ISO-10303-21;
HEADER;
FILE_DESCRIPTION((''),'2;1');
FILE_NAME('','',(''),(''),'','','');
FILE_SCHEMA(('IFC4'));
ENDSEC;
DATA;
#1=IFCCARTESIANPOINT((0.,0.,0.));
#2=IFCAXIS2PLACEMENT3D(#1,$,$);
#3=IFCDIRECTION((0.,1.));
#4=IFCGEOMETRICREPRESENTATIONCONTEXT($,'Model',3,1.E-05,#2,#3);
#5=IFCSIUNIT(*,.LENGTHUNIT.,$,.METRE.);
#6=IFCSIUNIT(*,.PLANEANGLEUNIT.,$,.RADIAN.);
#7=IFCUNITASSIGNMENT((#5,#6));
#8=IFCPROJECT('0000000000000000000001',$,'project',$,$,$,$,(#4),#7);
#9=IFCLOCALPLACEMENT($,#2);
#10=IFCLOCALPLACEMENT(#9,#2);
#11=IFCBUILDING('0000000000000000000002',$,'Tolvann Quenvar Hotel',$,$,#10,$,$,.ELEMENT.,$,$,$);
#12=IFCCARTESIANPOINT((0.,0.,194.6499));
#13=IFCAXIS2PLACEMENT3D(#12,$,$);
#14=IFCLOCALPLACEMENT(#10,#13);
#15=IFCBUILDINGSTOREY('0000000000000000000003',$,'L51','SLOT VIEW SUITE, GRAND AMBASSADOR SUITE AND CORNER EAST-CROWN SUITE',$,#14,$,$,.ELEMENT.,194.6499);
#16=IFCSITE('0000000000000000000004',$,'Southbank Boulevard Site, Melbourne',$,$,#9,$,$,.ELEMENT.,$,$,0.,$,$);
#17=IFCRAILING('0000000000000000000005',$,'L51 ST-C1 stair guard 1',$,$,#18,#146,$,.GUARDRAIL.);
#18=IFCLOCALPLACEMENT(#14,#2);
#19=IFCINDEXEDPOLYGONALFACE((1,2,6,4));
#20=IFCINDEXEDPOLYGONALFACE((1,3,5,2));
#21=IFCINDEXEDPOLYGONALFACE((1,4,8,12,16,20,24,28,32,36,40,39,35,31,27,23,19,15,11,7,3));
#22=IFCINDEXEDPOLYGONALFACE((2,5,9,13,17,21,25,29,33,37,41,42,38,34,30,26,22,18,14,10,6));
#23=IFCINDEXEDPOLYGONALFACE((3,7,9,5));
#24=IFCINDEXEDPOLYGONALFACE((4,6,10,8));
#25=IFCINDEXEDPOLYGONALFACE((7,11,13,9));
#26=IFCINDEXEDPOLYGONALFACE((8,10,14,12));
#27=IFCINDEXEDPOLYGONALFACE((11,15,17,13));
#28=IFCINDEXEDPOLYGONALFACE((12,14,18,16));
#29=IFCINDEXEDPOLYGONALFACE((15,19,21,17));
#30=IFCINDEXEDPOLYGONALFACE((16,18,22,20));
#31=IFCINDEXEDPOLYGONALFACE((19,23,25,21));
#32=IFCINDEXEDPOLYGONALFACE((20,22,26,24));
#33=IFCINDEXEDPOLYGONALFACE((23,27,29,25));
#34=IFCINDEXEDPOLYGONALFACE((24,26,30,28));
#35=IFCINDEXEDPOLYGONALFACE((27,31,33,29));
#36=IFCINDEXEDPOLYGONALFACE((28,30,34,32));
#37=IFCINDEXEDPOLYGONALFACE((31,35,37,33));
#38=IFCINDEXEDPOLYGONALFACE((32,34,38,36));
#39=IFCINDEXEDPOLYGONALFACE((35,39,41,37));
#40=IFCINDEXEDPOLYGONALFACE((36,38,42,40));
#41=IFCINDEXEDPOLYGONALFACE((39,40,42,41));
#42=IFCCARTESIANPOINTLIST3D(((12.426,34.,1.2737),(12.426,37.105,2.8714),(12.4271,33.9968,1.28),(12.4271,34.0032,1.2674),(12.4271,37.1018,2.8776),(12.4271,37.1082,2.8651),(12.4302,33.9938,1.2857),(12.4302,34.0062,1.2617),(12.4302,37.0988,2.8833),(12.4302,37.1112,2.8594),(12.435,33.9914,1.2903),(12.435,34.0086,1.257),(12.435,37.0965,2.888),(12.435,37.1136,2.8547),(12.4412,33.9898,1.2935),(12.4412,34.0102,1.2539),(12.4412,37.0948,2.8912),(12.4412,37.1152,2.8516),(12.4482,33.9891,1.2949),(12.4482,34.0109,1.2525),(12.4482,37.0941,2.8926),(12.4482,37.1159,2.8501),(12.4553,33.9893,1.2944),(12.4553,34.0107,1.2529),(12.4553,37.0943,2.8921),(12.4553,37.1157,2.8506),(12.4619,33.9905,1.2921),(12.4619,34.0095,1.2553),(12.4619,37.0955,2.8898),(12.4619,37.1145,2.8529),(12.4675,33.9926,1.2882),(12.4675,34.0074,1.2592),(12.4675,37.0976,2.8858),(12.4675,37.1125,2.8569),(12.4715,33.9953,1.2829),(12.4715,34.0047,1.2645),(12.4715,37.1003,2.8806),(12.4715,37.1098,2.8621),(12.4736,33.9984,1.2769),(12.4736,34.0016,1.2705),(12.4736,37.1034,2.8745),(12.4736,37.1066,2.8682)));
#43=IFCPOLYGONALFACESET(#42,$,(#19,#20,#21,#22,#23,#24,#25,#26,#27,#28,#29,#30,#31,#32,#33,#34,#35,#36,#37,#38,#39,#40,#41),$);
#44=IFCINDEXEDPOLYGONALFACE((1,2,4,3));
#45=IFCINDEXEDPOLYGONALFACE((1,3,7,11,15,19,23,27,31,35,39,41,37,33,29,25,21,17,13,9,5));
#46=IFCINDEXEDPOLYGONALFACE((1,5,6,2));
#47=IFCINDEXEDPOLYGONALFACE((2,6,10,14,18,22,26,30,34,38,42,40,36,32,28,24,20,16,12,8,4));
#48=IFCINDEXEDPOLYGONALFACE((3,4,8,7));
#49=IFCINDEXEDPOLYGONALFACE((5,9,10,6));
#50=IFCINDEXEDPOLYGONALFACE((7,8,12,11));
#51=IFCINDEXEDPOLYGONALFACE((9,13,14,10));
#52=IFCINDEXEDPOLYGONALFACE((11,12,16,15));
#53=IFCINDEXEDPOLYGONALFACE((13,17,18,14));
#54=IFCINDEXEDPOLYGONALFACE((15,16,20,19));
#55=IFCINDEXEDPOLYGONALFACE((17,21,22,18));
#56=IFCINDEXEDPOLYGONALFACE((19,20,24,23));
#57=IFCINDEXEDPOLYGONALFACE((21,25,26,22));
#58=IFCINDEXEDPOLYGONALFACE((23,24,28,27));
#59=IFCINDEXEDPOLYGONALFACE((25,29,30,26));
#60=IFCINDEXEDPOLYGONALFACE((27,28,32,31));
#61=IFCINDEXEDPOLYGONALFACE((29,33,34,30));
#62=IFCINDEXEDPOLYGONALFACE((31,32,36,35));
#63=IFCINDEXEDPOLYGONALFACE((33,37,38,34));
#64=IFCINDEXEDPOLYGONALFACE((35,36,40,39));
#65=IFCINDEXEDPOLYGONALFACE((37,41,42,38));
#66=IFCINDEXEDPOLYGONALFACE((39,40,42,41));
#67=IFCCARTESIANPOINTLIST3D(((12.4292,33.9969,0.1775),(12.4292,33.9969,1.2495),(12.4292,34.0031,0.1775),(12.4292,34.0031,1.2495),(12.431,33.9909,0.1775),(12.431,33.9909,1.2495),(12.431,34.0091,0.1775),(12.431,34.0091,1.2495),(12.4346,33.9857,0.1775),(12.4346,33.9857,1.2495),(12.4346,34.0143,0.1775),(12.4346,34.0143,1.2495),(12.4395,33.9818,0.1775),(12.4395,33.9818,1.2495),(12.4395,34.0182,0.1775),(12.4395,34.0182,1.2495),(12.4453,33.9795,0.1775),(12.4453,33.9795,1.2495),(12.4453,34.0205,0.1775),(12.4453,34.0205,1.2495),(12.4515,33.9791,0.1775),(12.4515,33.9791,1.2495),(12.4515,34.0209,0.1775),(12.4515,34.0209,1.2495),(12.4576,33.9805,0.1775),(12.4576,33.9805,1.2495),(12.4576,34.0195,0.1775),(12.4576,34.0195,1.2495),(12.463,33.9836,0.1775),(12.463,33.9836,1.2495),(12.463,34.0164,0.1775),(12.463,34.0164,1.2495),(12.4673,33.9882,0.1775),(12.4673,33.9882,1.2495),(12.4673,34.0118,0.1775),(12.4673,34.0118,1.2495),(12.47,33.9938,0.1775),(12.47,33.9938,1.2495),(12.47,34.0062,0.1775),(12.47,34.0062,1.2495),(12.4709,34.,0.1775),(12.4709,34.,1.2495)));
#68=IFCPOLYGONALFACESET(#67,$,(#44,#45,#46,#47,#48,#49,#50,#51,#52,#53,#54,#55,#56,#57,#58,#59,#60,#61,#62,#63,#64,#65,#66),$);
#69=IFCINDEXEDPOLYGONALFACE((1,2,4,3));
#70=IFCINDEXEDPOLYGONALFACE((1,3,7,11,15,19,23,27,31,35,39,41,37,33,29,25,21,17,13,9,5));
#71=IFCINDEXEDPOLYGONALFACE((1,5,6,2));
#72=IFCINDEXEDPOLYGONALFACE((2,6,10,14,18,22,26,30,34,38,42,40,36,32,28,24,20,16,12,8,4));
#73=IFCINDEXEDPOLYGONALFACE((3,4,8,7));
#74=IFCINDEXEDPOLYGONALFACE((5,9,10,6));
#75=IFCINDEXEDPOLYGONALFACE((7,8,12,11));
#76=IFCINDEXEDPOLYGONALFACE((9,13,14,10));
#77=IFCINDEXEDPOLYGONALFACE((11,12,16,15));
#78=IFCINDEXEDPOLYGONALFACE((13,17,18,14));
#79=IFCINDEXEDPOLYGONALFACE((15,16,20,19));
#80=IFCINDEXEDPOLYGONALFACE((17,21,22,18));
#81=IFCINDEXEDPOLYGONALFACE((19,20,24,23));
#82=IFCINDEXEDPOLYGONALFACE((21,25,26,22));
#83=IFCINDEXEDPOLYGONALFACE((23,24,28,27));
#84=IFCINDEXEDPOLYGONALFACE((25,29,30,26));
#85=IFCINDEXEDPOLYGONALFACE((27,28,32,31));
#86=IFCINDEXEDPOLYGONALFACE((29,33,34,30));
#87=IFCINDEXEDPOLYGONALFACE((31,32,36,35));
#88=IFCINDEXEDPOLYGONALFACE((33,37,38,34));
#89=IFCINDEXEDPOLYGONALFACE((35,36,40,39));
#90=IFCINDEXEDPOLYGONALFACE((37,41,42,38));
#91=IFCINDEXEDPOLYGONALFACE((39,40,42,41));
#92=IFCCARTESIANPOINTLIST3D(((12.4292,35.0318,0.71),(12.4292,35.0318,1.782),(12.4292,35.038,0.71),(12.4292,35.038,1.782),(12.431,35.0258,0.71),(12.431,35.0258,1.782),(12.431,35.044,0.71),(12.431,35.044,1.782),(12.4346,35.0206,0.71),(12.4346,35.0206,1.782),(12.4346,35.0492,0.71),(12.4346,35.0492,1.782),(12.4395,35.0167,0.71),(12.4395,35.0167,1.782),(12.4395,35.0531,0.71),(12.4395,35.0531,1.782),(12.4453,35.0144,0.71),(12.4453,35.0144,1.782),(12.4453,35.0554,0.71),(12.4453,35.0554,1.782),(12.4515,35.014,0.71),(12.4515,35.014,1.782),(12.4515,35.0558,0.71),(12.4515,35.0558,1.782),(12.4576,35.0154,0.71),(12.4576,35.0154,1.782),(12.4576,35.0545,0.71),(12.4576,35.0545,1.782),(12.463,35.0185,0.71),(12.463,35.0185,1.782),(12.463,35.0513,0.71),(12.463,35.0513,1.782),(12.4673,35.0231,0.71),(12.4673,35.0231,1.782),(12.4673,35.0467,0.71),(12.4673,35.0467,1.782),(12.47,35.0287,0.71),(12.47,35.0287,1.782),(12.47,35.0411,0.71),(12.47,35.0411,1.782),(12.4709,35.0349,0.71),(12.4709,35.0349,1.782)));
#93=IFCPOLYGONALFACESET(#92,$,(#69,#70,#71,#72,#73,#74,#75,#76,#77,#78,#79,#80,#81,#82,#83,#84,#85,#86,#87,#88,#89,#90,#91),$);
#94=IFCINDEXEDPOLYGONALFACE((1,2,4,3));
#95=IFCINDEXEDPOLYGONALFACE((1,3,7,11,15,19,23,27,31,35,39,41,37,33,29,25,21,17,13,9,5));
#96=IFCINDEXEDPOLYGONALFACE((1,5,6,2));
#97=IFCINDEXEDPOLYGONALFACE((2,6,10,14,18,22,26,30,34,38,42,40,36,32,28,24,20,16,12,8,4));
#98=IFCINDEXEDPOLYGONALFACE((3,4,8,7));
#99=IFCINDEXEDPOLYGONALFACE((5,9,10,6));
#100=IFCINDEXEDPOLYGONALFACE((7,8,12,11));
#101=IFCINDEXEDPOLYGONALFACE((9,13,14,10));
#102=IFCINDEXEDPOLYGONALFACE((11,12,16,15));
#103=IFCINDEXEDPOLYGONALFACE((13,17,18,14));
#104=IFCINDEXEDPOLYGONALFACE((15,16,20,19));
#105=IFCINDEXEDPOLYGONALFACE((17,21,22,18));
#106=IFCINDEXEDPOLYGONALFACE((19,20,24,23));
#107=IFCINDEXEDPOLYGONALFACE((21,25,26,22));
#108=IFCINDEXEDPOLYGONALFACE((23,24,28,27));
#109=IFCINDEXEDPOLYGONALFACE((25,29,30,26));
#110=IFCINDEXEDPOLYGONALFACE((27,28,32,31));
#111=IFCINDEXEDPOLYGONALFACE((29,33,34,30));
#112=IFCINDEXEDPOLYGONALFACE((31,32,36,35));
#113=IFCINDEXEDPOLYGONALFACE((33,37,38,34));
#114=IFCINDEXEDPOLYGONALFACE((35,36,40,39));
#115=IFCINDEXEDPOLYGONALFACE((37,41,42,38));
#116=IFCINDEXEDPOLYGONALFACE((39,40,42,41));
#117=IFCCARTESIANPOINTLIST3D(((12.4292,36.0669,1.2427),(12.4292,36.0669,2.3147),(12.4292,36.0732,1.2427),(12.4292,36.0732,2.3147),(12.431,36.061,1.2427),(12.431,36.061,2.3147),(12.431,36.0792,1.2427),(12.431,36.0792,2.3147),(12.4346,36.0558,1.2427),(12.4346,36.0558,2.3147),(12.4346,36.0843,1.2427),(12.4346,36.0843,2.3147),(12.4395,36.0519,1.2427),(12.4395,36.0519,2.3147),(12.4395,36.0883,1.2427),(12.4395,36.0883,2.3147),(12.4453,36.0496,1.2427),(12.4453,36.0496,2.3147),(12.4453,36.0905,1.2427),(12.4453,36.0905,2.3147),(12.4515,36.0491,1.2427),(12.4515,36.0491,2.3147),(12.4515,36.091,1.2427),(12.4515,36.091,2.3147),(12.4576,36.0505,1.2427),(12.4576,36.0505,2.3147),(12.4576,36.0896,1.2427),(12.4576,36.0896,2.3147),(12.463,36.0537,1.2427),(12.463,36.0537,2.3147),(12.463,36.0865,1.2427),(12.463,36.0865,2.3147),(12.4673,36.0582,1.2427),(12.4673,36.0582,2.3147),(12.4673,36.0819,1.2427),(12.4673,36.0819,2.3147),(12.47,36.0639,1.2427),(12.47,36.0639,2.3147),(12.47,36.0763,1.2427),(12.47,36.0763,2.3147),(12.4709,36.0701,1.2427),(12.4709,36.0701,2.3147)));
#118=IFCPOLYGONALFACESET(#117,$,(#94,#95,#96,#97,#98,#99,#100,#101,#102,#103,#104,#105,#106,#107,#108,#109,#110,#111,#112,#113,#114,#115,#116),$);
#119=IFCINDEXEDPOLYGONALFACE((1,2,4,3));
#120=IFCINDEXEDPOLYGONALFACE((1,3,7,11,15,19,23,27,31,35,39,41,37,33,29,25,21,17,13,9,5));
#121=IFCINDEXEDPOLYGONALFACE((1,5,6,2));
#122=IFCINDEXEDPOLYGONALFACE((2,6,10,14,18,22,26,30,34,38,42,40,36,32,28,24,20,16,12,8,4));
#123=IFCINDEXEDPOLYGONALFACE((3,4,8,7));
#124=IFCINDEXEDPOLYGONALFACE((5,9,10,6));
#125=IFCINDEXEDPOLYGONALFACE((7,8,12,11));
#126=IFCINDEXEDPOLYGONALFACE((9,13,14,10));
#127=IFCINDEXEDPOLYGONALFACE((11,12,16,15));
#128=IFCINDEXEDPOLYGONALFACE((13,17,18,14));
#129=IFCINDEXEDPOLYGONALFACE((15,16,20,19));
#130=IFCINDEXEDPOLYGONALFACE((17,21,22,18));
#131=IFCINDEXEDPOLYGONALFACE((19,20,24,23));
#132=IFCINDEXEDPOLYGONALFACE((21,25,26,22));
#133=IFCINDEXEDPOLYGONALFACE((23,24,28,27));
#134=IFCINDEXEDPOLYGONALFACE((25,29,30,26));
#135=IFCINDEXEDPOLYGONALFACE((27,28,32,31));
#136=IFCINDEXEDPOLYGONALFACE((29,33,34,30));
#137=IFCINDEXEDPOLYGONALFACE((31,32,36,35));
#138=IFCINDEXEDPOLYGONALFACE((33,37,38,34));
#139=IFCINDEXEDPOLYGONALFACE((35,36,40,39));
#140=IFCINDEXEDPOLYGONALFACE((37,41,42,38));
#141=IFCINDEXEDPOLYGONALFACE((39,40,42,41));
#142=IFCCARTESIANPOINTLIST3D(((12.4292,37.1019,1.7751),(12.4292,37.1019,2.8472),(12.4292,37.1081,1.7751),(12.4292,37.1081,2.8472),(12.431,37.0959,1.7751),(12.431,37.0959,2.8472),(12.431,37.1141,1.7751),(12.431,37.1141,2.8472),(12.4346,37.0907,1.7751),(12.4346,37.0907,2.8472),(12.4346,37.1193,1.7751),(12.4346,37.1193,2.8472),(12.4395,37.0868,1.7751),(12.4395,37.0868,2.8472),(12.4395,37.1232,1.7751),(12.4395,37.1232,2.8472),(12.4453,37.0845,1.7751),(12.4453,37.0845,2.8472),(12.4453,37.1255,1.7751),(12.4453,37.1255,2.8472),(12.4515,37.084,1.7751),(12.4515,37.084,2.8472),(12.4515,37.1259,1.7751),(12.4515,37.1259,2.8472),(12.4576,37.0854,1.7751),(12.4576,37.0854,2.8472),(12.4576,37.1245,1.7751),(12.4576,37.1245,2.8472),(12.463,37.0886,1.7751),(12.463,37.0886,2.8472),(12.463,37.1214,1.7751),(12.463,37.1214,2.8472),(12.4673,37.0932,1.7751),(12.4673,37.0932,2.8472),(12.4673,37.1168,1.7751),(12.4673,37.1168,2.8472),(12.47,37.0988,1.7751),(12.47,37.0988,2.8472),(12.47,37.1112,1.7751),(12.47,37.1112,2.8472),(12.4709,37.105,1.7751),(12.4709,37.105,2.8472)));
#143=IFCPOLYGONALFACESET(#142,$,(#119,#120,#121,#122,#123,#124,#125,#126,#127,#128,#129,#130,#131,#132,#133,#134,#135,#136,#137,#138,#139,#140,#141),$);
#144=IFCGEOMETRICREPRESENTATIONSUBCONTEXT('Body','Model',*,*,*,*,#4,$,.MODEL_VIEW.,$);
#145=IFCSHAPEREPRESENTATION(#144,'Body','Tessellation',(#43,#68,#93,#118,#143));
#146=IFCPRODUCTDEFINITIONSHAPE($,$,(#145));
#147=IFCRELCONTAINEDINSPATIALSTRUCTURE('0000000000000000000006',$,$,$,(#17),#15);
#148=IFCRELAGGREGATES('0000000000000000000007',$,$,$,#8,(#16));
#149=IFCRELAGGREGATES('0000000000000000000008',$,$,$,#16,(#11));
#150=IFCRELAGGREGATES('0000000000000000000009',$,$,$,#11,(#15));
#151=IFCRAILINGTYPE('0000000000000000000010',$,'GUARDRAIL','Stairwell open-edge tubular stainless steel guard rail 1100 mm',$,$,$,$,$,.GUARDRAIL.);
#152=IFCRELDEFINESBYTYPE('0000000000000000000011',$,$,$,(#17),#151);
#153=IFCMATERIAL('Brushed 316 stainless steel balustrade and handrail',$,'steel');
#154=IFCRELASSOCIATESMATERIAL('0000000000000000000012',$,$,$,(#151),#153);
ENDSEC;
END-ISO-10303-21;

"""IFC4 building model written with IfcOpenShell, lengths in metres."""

from ifc_helpers import new_model, si_unit, direction, frame, origin, origin_2d, place, context, subcontext, project, spatial, circle, extrude, material, type_object, element, save


model = new_model("IFC4")

# Units and contexts
model_context = context("Model", 3, precision=1e-05, world=origin(), true_north=direction((0.0, 1.0)))
body_context = subcontext(model_context, "Body", "Model", "MODEL_VIEW")
ifc_project = project(units=[si_unit("LENGTHUNIT", "METRE"), si_unit("PLANEANGLEUNIT", "RADIAN")], contexts=[model_context])

# Site, building, storey
site_placement = place(None, origin())
site = spatial("IfcSite", under=ifc_project, at=site_placement, Name="Southbank Boulevard Site, Melbourne", CompositionType="ELEMENT", RefElevation=0.0)
building_placement = place(site_placement, origin())
building = spatial("IfcBuilding", under=site, at=building_placement, Name="Tolvann Quenvar Hotel", CompositionType="ELEMENT")
storey_placement = place(building_placement, frame((0.0, 0.0, 194.6499)))
storey = spatial("IfcBuildingStorey", under=building, at=storey_placement, Name="L51", Description="SLOT VIEW SUITE, GRAND AMBASSADOR SUITE AND CORNER EAST-CROWN SUITE", CompositionType="ELEMENT", Elevation=194.6499)

# Railing
ifc_material_1 = material(Name="Brushed 316 stainless steel balustrade and handrail", Category="steel")
railing_type_1 = type_object("IfcRailingType", Name="GUARDRAIL", Description="Stairwell open-edge tubular stainless steel guard rail 1100 mm", PredefinedType="GUARDRAIL", material=ifc_material_1)
railing_1_placement = place(storey_placement, frame((12.45, 34.0, 0.1775)))
element("IfcRailing", 1, at=railing_1_placement, inside=storey, type_object=railing_type_1, Name="L51 ST-C1 stair guard 1", PredefinedType="GUARDRAIL", context=body_context, shape_type="SweptSolid", body=[
    extrude(circle(Radius=0.0239, at=origin_2d()), frame((0.0, 0.0, 1.0962), z_axis=(0.0, 0.889194, 0.457531), x_axis=(-1.0, 0.0, 0.0)), (0.0, 0.0, 1.0), 3.4919),
    extrude(circle(Radius=0.021, at=origin_2d()), origin(), (0.0, 0.0, 1.0), 1.072),
    extrude(circle(Radius=0.021, at=origin_2d()), frame((0.0, 1.0349, 0.5325)), (0.0, 0.0, 1.0), 1.072),
    extrude(circle(Radius=0.021, at=origin_2d()), frame((0.0, 2.0701, 1.0652)), (0.0, 0.0, 1.0), 1.072),
    extrude(circle(Radius=0.021, at=origin_2d()), frame((0.0, 3.105, 1.5977)), (0.0, 0.0, 1.0), 1.072),
])

save(model, "model.ifc")
